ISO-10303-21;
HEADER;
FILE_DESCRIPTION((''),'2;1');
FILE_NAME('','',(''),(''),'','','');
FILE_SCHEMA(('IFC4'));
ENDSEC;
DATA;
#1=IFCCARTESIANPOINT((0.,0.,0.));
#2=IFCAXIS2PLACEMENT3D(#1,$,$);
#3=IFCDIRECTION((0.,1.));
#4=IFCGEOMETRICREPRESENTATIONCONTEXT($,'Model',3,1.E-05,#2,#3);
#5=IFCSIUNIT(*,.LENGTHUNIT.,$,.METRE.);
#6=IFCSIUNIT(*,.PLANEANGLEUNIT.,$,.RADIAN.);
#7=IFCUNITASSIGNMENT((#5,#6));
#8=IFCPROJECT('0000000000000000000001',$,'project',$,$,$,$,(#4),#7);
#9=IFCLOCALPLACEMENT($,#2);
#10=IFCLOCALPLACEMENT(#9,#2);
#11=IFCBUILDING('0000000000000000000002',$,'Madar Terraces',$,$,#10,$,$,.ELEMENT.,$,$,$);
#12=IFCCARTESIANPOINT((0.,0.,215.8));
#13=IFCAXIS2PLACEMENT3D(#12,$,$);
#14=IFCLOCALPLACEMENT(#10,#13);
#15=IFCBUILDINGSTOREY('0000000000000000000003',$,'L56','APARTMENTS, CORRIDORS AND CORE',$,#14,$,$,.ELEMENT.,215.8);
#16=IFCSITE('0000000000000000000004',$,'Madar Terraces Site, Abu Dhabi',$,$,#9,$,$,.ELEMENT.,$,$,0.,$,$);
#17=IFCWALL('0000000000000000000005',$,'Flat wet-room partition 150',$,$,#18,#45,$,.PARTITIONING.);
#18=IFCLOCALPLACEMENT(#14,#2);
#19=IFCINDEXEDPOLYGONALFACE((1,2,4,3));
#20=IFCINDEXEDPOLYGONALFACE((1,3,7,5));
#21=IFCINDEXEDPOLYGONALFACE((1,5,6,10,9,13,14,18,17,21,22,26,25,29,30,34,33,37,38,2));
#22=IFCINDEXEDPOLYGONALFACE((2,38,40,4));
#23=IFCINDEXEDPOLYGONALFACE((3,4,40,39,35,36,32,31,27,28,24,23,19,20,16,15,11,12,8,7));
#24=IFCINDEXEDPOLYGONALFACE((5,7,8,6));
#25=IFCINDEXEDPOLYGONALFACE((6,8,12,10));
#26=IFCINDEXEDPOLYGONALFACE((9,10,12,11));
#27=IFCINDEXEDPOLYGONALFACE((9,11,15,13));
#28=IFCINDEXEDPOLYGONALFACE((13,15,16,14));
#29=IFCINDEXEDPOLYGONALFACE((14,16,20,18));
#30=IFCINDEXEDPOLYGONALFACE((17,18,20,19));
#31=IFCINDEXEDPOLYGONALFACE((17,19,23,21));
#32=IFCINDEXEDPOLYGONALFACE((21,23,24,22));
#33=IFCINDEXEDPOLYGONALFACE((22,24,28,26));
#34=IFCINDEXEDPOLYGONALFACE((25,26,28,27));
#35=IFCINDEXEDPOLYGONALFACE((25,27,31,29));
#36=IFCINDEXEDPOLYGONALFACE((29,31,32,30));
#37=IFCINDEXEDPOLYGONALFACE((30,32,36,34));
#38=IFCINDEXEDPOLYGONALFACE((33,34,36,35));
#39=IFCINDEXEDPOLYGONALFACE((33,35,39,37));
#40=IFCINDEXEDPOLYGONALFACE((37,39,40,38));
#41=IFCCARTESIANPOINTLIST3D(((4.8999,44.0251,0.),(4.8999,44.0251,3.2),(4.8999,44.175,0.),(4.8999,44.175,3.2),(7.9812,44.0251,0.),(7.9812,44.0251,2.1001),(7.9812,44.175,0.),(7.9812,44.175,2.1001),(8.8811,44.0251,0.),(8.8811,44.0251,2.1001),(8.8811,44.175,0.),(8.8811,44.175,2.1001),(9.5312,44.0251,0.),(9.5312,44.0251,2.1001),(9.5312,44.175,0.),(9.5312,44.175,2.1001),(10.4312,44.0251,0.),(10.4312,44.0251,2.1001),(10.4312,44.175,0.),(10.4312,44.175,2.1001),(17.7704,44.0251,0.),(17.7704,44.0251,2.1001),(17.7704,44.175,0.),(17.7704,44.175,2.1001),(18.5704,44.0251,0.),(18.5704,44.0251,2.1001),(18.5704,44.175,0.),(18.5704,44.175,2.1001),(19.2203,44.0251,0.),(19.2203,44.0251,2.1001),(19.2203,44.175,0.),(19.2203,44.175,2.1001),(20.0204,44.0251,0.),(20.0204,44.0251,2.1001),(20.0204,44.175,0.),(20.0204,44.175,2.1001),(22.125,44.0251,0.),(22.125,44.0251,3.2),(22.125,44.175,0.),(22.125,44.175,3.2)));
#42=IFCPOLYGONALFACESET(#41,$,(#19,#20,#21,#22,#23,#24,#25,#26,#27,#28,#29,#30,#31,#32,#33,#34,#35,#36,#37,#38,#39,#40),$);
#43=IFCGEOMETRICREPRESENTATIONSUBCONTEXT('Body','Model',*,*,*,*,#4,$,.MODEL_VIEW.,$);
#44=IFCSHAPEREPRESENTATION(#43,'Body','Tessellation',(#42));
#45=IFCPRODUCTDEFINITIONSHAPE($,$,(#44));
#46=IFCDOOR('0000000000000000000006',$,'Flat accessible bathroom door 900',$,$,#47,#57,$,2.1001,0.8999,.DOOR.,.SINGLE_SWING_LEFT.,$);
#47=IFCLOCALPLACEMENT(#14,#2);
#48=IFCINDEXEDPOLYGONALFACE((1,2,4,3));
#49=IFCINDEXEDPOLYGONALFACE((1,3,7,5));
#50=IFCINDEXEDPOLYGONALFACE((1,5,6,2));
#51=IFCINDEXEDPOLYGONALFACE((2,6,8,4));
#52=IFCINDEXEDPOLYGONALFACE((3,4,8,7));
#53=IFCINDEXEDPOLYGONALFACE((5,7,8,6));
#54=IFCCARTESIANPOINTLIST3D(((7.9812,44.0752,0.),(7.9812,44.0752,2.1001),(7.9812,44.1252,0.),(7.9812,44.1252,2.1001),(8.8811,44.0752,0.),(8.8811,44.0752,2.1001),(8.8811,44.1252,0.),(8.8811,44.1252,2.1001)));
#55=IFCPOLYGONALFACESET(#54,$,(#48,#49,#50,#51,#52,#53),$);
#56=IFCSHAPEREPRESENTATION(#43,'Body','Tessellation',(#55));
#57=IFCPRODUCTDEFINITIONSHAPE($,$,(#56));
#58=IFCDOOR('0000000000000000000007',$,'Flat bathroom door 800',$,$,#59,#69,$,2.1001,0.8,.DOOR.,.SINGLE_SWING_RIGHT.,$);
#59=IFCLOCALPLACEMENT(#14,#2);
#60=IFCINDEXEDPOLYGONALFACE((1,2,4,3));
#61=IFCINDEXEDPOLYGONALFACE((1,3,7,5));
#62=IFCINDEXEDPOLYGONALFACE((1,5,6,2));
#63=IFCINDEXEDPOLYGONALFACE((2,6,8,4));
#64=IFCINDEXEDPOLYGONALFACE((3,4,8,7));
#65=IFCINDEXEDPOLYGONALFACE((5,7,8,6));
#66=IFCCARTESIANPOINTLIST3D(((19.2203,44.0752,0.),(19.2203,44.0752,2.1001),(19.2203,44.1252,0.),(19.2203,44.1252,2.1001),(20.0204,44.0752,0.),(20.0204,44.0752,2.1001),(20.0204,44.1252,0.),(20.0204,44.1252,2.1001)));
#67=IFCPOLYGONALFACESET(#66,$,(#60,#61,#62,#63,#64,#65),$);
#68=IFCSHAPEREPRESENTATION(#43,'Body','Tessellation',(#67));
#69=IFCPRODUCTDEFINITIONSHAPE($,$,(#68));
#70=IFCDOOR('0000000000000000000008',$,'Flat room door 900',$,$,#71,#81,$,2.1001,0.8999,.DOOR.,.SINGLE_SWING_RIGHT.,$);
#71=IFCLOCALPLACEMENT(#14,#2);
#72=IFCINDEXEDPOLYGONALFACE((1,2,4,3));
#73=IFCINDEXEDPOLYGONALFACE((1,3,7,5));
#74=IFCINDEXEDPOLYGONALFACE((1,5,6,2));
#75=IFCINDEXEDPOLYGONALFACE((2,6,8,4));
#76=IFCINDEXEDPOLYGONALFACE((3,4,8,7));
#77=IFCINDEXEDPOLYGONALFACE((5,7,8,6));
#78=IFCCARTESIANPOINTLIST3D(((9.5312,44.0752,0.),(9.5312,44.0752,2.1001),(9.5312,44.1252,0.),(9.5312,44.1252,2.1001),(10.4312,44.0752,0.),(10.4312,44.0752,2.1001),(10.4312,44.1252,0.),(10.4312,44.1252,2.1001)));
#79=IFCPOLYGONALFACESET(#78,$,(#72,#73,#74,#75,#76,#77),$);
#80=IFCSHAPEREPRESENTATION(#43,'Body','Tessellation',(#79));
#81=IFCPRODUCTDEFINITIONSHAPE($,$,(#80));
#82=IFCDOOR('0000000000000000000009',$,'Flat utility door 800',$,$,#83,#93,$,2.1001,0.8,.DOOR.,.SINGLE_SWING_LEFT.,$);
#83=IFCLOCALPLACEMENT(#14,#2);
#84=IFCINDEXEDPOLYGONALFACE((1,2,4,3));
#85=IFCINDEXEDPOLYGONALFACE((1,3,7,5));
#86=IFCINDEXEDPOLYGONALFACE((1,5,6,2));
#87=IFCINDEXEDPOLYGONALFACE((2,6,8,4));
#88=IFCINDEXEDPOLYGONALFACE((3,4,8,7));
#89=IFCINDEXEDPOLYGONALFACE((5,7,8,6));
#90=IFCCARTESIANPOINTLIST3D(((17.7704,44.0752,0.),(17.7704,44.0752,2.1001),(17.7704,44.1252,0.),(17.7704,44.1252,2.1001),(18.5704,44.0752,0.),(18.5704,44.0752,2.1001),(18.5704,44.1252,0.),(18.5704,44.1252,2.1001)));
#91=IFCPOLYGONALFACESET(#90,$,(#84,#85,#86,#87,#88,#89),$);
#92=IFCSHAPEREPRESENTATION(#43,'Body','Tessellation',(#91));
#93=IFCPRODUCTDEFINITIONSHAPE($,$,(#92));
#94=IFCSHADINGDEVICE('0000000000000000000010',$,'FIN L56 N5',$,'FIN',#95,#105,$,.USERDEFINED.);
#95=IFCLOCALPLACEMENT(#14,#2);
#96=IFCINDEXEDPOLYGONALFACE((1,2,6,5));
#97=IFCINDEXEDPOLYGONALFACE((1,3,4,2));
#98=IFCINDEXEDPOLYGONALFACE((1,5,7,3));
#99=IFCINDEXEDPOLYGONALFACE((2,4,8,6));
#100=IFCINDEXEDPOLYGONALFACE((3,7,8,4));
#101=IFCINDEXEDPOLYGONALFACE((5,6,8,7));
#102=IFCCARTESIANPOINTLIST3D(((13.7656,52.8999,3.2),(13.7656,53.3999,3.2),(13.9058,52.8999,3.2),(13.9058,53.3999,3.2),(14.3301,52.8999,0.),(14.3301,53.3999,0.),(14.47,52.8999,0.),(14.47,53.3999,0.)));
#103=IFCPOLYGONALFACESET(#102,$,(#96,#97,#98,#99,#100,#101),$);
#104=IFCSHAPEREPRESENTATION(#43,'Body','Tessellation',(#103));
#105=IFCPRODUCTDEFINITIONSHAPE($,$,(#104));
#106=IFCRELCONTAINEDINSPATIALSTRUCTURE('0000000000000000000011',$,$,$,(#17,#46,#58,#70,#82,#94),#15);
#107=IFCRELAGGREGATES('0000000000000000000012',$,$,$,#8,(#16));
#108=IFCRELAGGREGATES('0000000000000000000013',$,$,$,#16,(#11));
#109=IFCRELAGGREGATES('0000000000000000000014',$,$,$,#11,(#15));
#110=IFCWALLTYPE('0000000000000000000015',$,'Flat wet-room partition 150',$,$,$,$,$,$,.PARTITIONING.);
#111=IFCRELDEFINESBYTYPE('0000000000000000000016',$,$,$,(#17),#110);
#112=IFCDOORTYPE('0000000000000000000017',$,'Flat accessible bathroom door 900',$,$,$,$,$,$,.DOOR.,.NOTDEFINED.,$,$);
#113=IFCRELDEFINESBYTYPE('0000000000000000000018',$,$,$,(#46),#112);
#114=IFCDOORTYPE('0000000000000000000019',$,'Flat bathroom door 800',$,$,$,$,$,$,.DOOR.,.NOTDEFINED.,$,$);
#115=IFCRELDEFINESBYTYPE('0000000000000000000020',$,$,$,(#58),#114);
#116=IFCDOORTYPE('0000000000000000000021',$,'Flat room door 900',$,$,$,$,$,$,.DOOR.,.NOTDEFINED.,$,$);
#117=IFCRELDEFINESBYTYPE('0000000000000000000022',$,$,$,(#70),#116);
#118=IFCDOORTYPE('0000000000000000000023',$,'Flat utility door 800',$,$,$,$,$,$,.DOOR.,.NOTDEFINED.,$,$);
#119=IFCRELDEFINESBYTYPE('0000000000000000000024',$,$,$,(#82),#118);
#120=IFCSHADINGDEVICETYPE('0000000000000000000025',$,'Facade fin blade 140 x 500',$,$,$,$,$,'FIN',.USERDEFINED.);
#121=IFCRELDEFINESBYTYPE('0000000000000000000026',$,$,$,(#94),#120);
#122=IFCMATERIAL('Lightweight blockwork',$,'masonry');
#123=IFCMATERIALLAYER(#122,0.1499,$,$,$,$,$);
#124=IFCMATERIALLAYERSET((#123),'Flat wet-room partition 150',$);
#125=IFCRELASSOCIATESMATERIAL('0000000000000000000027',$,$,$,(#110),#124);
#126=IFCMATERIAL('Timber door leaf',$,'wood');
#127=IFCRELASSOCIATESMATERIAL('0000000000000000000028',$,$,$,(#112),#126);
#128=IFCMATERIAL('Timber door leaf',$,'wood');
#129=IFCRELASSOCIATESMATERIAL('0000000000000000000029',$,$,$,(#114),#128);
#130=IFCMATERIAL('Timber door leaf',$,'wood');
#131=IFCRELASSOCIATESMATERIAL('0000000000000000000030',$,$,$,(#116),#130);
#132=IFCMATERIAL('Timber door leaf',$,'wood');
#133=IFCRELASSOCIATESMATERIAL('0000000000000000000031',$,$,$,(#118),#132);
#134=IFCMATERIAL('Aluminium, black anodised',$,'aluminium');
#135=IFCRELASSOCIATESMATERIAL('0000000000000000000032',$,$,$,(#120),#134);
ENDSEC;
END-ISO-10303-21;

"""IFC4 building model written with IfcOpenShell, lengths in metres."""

from ifc_helpers import new_model, si_unit, direction, frame, frame_2d, origin, place, context, subcontext, project, spatial, polyline, rectangle, outline, extrude, material, layer, layer_set, type_object, element, fill, save


model = new_model("IFC4")

# Units and contexts
model_context = context("Model", 3, precision=1e-05, world=origin(), true_north=direction((0.0, 1.0)))
body_context = subcontext(model_context, "Body", "Model", "MODEL_VIEW")
ifc_project = project(units=[si_unit("LENGTHUNIT", "METRE"), si_unit("PLANEANGLEUNIT", "RADIAN")], contexts=[model_context])

# Site, building, storey
site_placement = place(None, origin())
site = spatial("IfcSite", under=ifc_project, at=site_placement, Name="Madar Terraces Site, Abu Dhabi", CompositionType="ELEMENT", RefElevation=0.0)
building_placement = place(site_placement, origin())
building = spatial("IfcBuilding", under=site, at=building_placement, Name="Madar Terraces", CompositionType="ELEMENT")
storey_placement = place(building_placement, frame((0.0, 0.0, 215.8)))
storey = spatial("IfcBuildingStorey", under=building, at=storey_placement, Name="L56", Description="APARTMENTS, CORRIDORS AND CORE", CompositionType="ELEMENT", Elevation=215.8)

# Wall, openings, doors
ifc_material_1 = material(Name="Lightweight blockwork", Category="masonry")
ifc_layer_1 = layer(ifc_material_1, 0.1499)
ifc_layer_set_1 = layer_set([ifc_layer_1], Name="Flat wet-room partition 150")
wall_type_1 = type_object("IfcWallType", Name="Flat wet-room partition 150", PredefinedType="PARTITIONING", material=ifc_layer_set_1)
wall_1_placement = place(storey_placement, frame((22.125, 44.1001, 0.0), z_axis=(0.0, 0.0, 1.0), x_axis=(-1.0, 0.0, 0.0)))
wall_1 = element("IfcWall", 1, at=wall_1_placement, inside=storey, type_object=wall_type_1, Name="Flat wet-room partition 150", PredefinedType="PARTITIONING", context=body_context, shape_type="SweptSolid", body=[
    extrude(rectangle(XDim=17.2251, YDim=0.1499, at=frame_2d((8.6125, 0.0))), origin(), (0.0, 0.0, 1.0), 3.2),
])
opening_1_placement = place(wall_1_placement, frame((2.1047, 0.0, 0.0)))
opening_1 = element("IfcOpeningElement", 2, at=opening_1_placement, cuts=wall_1, PredefinedType="OPENING", context=body_context, shape_type="SweptSolid", body=[
    extrude(rectangle(XDim=0.8, YDim=2.1001, at=frame_2d((0.3999, 1.05))), frame((0.0, 0.085, 0.0), z_axis=(0.0, -1.0, 0.0), x_axis=(1.0, 0.0, 0.0)), (0.0, 0.0, 1.0), 0.1699),
])
opening_2_placement = place(wall_1_placement, frame((3.5547, 0.0, 0.0)))
opening_2 = element("IfcOpeningElement", 3, at=opening_2_placement, cuts=wall_1, PredefinedType="OPENING", context=body_context, shape_type="SweptSolid", body=[
    extrude(rectangle(XDim=0.8, YDim=2.1001, at=frame_2d((0.3999, 1.05))), frame((0.0, 0.085, 0.0), z_axis=(0.0, -1.0, 0.0), x_axis=(1.0, 0.0, 0.0)), (0.0, 0.0, 1.0), 0.1699),
])
opening_3_placement = place(wall_1_placement, frame((11.6938, 0.0, 0.0)))
opening_3 = element("IfcOpeningElement", 4, at=opening_3_placement, cuts=wall_1, PredefinedType="OPENING", context=body_context, shape_type="SweptSolid", body=[
    extrude(rectangle(XDim=0.8999, YDim=2.1001, at=frame_2d((0.45, 1.05))), frame((0.0, 0.085, 0.0), z_axis=(0.0, -1.0, 0.0), x_axis=(1.0, 0.0, 0.0)), (0.0, 0.0, 1.0), 0.1699),
])
opening_4_placement = place(wall_1_placement, frame((13.2439, 0.0, 0.0)))
opening_4 = element("IfcOpeningElement", 5, at=opening_4_placement, cuts=wall_1, PredefinedType="OPENING", context=body_context, shape_type="SweptSolid", body=[
    extrude(rectangle(XDim=0.8999, YDim=2.1001, at=frame_2d((0.45, 1.05))), frame((0.0, 0.085, 0.0), z_axis=(0.0, -1.0, 0.0), x_axis=(1.0, 0.0, 0.0)), (0.0, 0.0, 1.0), 0.1699),
])
ifc_material_2 = material(Name="Timber door leaf", Category="wood")
door_type_1 = type_object("IfcDoorType", Name="Flat accessible bathroom door 900", OperationType="NOTDEFINED", PredefinedType="DOOR", material=ifc_material_2)
door_1_placement = place(opening_4_placement, origin())
door_1 = element("IfcDoor", 6, at=door_1_placement, inside=storey, type_object=door_type_1, Name="Flat accessible bathroom door 900", OperationType="SINGLE_SWING_LEFT", OverallHeight=2.1001, OverallWidth=0.8999, PredefinedType="DOOR", context=body_context, shape_type="SweptSolid", body=[
    extrude(rectangle(XDim=0.8999, YDim=2.1001, at=frame_2d((0.45, 1.05))), frame((0.0, 0.0249, 0.0), z_axis=(0.0, -1.0, 0.0), x_axis=(1.0, 0.0, 0.0)), (0.0, 0.0, 1.0), 0.05),
])
fill(opening_4, door_1)
ifc_material_3 = material(Name="Timber door leaf", Category="wood")
door_type_2 = type_object("IfcDoorType", Name="Flat bathroom door 800", OperationType="NOTDEFINED", PredefinedType="DOOR", material=ifc_material_3)
door_2_placement = place(opening_1_placement, origin())
door_2 = element("IfcDoor", 7, at=door_2_placement, inside=storey, type_object=door_type_2, Name="Flat bathroom door 800", OperationType="SINGLE_SWING_RIGHT", OverallHeight=2.1001, OverallWidth=0.8, PredefinedType="DOOR", context=body_context, shape_type="SweptSolid", body=[
    extrude(rectangle(XDim=0.8, YDim=2.1001, at=frame_2d((0.3999, 1.05))), frame((0.0, 0.0249, 0.0), z_axis=(0.0, -1.0, 0.0), x_axis=(1.0, 0.0, 0.0)), (0.0, 0.0, 1.0), 0.05),
])
fill(opening_1, door_2)
ifc_material_4 = material(Name="Timber door leaf", Category="wood")
door_type_3 = type_object("IfcDoorType", Name="Flat room door 900", OperationType="NOTDEFINED", PredefinedType="DOOR", material=ifc_material_4)
door_3_placement = place(opening_3_placement, origin())
door_3 = element("IfcDoor", 8, at=door_3_placement, inside=storey, type_object=door_type_3, Name="Flat room door 900", OperationType="SINGLE_SWING_RIGHT", OverallHeight=2.1001, OverallWidth=0.8999, PredefinedType="DOOR", context=body_context, shape_type="SweptSolid", body=[
    extrude(rectangle(XDim=0.8999, YDim=2.1001, at=frame_2d((0.45, 1.05))), frame((0.0, 0.0249, 0.0), z_axis=(0.0, -1.0, 0.0), x_axis=(1.0, 0.0, 0.0)), (0.0, 0.0, 1.0), 0.05),
])
fill(opening_3, door_3)
ifc_material_5 = material(Name="Timber door leaf", Category="wood")
door_type_4 = type_object("IfcDoorType", Name="Flat utility door 800", OperationType="NOTDEFINED", PredefinedType="DOOR", material=ifc_material_5)
door_4_placement = place(opening_2_placement, origin())
door_4 = element("IfcDoor", 9, at=door_4_placement, inside=storey, type_object=door_type_4, Name="Flat utility door 800", OperationType="SINGLE_SWING_LEFT", OverallHeight=2.1001, OverallWidth=0.8, PredefinedType="DOOR", context=body_context, shape_type="SweptSolid", body=[
    extrude(rectangle(XDim=0.8, YDim=2.1001, at=frame_2d((0.3999, 1.05))), frame((0.0, 0.0249, 0.0), z_axis=(0.0, -1.0, 0.0), x_axis=(1.0, 0.0, 0.0)), (0.0, 0.0, 1.0), 0.05),
])
fill(opening_2, door_4)

# Shading device
ifc_material_6 = material(Name="Aluminium, black anodised", Category="aluminium")
shading_device_type = type_object("IfcShadingDeviceType", Name="Facade fin blade 140 x 500", ElementType="FIN", PredefinedType="USERDEFINED", material=ifc_material_6)
shading_device_placement = place(storey_placement, frame((14.47, 53.1499, 0.0), z_axis=(0.0, 0.0, 1.0), x_axis=(-1.0, 0.0, 0.0)))
element("IfcShadingDevice", 10, at=shading_device_placement, inside=storey, type_object=shading_device_type, Name="FIN L56 N5", ObjectType="FIN", PredefinedType="USERDEFINED", context=body_context, shape_type="SweptSolid", body=[
    extrude(outline(polyline([(0.0, 0.0), (0.1399, 0.0), (0.7043, 3.2), (0.5642, 3.2), (0.0, 0.0)])), frame((0.0, 0.25, 0.0), z_axis=(0.0, -1.0, 0.0), x_axis=(1.0, 0.0, 0.0)), (0.0, 0.0, 1.0), 0.5),
])

save(model, "model.ifc")
